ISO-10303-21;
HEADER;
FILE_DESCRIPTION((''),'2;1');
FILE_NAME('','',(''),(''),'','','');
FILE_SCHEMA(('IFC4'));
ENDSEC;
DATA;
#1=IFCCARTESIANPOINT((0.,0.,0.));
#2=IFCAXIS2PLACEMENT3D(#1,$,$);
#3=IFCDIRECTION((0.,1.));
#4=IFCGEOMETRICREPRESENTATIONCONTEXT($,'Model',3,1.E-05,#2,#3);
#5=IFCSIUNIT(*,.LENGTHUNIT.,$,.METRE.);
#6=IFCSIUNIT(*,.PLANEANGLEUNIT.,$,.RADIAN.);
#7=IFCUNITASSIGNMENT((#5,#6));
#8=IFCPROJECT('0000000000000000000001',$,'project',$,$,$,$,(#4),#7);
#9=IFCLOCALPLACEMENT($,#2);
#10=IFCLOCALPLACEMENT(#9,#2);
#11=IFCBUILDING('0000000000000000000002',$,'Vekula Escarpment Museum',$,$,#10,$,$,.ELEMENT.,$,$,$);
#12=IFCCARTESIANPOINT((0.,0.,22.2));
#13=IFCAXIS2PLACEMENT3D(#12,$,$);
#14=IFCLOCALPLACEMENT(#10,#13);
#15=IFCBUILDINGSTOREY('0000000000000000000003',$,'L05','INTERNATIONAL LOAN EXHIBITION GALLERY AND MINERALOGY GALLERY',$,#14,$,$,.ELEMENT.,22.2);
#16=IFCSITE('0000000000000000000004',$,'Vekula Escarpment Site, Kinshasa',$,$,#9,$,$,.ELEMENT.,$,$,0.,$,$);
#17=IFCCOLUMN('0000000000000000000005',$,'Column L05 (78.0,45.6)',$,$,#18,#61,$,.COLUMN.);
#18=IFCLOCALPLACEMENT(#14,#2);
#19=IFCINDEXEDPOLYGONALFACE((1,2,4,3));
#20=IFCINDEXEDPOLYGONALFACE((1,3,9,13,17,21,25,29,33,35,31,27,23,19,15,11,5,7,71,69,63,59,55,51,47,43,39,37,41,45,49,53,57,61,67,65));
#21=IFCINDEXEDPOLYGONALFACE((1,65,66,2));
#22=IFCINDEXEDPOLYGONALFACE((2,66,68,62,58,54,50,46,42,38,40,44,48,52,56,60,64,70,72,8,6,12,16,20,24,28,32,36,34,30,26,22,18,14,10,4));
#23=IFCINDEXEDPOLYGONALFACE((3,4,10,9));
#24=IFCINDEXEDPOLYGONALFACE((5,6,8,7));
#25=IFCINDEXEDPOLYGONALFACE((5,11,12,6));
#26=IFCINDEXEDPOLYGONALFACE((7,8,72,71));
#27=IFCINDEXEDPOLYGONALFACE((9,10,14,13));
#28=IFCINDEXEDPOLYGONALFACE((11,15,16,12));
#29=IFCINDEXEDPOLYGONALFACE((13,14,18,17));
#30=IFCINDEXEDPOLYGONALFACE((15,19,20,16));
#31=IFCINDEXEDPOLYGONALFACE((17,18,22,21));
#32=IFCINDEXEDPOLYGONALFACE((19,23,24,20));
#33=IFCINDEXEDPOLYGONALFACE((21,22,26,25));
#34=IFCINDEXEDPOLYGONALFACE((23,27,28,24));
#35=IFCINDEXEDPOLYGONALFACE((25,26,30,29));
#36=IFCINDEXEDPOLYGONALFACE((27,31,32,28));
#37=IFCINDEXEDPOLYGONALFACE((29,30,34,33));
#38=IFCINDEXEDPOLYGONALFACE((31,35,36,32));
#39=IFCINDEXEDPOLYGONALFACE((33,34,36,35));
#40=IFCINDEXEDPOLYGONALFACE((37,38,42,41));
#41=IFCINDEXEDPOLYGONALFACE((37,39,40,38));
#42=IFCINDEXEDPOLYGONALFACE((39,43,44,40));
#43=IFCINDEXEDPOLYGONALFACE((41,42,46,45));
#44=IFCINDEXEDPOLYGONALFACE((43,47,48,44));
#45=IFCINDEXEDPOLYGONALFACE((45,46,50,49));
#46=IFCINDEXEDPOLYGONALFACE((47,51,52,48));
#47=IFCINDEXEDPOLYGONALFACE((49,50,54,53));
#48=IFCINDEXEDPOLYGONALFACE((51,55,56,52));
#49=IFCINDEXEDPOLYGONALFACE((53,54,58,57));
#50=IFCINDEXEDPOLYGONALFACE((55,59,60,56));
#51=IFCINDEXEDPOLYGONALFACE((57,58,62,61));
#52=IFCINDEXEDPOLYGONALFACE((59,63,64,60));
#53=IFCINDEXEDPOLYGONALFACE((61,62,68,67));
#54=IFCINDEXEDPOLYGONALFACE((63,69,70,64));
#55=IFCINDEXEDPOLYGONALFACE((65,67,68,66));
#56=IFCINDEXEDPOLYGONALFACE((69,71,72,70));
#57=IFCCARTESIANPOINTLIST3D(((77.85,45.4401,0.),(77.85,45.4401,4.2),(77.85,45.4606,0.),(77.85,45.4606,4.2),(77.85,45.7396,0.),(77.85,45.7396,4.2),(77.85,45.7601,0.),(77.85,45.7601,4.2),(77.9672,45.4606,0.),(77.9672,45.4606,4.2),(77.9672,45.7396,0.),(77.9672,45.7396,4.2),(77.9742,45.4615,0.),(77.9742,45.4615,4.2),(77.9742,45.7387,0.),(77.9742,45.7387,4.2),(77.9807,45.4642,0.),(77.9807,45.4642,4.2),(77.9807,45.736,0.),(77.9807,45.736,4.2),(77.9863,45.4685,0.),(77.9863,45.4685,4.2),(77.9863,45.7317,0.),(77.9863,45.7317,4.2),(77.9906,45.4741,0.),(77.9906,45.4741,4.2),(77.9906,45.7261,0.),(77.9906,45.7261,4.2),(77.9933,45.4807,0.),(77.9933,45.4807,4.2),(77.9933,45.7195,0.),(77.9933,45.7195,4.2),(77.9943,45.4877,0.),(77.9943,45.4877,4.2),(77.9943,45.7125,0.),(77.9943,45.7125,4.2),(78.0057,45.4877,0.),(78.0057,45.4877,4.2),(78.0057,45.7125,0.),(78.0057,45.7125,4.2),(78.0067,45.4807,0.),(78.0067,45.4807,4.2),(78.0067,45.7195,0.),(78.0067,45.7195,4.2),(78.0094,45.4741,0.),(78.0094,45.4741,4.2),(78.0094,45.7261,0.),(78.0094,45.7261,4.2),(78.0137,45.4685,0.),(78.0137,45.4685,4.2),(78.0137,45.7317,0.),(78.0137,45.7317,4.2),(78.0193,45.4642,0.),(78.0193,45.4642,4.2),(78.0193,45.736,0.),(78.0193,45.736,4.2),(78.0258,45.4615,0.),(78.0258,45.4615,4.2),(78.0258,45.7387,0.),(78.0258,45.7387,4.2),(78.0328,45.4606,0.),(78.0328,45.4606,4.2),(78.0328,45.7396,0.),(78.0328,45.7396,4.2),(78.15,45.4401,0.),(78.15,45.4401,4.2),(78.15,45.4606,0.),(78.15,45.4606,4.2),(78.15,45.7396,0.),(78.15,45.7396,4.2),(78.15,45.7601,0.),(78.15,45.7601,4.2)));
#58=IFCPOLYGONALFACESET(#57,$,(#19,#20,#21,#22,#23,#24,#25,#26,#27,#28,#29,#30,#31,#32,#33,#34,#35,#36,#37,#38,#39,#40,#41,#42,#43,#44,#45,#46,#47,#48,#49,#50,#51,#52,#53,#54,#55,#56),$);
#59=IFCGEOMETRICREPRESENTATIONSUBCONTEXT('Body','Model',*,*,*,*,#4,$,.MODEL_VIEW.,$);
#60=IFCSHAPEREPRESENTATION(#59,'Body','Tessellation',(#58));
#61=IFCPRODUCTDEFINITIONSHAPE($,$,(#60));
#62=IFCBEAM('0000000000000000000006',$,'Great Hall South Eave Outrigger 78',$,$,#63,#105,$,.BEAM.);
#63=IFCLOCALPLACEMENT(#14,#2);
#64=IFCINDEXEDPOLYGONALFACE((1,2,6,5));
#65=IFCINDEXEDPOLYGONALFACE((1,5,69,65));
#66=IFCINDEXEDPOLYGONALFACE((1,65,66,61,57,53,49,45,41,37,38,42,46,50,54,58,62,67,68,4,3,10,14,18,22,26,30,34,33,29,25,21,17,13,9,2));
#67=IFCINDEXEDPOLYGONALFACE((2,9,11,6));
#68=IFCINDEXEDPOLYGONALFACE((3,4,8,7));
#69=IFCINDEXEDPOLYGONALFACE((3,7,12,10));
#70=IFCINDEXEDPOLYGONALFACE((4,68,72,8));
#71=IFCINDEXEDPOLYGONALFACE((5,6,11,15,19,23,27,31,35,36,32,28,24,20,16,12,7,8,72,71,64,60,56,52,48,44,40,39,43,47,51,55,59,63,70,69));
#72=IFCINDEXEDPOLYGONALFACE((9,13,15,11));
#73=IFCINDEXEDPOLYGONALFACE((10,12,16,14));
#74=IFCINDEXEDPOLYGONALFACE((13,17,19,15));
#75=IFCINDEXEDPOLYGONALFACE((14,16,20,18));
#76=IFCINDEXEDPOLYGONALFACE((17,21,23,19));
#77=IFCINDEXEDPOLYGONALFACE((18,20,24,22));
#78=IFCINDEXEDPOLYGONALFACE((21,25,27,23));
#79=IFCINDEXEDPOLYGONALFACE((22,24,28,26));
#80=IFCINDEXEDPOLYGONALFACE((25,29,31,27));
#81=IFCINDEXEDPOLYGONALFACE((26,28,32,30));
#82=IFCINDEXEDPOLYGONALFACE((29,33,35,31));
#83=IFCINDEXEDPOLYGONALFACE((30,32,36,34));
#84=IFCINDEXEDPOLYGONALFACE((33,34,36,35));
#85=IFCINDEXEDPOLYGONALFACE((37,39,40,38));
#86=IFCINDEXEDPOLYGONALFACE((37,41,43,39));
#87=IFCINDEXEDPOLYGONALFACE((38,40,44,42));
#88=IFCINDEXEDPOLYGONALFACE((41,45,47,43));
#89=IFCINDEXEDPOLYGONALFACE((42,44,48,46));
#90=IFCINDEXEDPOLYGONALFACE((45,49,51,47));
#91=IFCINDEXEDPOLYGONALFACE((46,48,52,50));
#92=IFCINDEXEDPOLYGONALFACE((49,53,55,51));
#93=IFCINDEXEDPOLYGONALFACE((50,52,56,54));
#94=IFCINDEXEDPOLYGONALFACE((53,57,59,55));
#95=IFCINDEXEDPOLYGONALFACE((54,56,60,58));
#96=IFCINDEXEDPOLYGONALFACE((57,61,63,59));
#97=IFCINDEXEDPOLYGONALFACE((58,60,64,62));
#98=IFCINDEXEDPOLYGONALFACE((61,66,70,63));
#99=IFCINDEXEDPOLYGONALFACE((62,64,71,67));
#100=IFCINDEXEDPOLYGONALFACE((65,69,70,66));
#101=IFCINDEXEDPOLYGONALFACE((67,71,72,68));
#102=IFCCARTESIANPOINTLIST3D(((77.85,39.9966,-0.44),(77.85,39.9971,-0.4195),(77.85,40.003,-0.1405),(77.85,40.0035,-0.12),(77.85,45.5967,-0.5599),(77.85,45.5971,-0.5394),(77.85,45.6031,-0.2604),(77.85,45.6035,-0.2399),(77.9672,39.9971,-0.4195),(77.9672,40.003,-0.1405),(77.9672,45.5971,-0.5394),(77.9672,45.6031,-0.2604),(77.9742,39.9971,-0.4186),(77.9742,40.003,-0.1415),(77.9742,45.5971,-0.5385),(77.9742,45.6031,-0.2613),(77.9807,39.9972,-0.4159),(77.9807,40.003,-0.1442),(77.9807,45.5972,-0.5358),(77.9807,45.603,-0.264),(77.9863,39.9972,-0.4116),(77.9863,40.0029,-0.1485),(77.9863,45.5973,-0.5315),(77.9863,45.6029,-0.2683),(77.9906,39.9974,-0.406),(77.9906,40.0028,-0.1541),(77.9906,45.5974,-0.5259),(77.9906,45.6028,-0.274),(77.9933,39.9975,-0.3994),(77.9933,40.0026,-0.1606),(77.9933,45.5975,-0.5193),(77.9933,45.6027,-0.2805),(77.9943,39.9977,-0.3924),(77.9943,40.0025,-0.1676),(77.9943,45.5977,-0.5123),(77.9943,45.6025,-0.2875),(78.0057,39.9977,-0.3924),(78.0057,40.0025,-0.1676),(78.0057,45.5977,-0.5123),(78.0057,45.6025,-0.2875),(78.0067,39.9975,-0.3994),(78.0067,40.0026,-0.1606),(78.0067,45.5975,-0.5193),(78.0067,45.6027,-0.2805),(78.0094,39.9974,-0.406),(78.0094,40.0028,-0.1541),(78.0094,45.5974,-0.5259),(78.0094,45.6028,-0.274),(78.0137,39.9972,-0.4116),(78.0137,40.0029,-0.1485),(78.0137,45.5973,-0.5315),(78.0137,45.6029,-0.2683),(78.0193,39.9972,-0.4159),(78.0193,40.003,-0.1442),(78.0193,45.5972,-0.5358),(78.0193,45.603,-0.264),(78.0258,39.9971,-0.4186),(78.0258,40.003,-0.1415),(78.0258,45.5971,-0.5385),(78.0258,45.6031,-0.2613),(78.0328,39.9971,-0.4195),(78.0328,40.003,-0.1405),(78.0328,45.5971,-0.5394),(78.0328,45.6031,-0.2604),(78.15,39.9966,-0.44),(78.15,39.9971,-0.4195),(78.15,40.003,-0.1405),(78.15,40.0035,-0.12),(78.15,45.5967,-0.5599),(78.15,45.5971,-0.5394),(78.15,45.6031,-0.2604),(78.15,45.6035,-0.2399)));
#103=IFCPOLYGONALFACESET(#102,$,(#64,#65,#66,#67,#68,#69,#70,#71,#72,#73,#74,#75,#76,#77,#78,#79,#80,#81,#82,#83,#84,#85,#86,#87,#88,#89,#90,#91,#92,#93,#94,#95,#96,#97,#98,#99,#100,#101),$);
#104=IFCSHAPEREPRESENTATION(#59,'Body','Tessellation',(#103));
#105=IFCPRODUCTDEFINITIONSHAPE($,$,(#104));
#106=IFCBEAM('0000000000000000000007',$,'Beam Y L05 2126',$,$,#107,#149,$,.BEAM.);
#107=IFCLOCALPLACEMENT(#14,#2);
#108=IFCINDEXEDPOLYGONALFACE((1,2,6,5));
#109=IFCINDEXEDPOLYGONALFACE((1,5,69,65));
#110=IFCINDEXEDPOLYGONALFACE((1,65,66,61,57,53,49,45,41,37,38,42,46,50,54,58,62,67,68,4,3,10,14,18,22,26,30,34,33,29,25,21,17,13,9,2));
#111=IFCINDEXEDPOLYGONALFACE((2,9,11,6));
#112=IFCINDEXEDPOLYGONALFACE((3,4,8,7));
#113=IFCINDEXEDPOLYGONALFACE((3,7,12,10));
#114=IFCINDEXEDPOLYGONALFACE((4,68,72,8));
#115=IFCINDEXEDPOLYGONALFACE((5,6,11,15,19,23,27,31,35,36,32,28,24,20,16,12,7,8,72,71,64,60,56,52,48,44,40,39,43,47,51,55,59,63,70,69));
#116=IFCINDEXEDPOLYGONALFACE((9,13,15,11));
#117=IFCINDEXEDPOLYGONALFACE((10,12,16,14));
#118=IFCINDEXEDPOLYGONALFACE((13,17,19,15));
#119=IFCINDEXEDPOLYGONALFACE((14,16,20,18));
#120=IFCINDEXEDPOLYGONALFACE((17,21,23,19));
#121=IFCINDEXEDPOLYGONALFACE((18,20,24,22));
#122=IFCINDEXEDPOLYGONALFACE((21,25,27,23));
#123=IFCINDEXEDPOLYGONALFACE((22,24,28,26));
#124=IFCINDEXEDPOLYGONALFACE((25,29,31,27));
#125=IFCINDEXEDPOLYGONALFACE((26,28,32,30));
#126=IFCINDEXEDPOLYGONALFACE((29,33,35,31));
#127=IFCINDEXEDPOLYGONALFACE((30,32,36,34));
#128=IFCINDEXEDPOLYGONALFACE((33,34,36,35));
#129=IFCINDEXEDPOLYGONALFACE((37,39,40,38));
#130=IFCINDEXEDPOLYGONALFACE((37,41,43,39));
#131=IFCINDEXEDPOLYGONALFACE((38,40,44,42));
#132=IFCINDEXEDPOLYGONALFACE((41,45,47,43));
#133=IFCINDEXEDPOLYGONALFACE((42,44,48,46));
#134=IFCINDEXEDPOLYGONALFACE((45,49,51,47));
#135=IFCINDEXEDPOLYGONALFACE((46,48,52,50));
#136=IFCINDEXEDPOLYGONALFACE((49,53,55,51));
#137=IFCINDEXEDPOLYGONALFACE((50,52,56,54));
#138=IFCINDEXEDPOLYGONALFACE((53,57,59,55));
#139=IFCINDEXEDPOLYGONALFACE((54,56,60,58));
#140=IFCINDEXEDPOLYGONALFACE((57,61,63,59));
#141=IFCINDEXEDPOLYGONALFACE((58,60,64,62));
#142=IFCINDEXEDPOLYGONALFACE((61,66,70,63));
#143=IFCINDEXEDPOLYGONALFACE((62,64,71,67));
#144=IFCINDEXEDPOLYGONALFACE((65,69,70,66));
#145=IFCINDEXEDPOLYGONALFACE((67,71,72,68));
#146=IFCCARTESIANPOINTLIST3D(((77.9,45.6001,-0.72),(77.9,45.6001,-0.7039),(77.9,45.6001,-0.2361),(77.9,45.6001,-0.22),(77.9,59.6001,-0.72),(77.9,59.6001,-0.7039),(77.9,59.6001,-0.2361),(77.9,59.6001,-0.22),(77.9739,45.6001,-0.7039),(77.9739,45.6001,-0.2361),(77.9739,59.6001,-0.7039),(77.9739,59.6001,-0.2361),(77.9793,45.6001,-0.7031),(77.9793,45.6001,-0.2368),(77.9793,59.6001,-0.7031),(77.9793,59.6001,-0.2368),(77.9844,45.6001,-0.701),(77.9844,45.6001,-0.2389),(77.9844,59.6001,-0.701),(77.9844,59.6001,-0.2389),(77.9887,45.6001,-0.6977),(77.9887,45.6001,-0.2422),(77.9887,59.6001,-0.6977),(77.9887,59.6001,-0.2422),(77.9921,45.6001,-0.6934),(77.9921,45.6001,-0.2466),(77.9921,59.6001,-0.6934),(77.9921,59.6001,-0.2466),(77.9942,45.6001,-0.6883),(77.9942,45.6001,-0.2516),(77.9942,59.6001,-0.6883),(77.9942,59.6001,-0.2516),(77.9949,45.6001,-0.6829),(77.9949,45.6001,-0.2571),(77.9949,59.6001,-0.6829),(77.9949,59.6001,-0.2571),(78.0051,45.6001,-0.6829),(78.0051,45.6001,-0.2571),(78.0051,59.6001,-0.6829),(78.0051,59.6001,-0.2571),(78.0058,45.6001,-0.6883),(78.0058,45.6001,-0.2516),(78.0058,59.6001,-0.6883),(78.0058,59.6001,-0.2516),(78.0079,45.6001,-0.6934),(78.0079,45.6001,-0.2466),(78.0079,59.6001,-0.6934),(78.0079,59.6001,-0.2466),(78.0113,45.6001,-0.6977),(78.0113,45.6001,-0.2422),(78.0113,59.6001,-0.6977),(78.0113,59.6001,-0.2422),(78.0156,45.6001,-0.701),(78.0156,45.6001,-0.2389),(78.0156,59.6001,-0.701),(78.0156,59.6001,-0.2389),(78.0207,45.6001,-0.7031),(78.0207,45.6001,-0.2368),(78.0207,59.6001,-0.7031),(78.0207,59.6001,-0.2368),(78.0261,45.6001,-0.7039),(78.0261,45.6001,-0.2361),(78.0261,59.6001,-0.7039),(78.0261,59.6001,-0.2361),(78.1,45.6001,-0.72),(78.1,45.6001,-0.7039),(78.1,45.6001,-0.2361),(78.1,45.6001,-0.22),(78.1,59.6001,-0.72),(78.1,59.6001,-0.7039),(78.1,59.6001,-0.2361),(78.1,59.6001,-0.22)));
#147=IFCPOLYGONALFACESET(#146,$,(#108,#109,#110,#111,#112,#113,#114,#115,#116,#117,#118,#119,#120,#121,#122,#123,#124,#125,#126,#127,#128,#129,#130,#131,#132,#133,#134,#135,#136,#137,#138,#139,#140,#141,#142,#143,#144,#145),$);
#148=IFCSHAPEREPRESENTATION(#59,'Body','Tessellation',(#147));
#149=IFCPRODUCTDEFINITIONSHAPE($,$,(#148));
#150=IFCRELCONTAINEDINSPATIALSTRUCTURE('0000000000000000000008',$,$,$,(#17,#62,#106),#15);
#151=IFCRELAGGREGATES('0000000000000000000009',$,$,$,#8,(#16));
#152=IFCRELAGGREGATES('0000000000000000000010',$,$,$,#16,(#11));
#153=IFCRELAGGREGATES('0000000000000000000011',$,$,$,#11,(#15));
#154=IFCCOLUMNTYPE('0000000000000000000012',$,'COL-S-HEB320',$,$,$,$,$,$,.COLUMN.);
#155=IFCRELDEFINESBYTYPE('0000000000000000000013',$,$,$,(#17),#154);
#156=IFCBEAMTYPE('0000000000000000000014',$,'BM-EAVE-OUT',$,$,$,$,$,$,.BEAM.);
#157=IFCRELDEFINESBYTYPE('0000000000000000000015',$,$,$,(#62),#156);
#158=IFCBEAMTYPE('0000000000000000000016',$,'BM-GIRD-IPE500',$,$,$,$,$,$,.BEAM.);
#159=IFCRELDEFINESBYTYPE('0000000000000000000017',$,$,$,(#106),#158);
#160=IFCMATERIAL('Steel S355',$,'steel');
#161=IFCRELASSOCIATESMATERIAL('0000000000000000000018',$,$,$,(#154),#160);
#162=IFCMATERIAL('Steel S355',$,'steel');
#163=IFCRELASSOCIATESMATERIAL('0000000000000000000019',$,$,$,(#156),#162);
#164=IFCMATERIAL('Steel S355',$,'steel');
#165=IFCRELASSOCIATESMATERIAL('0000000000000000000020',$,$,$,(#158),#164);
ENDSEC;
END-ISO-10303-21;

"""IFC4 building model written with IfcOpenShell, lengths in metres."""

from ifc_helpers import new_model, si_unit, direction, frame, origin, origin_2d, place, context, subcontext, project, spatial, i_section, extrude, material, material_profile, profile_set, type_object, element, save


model = new_model("IFC4")

# Units and contexts
model_context = context("Model", 3, precision=1e-05, world=origin(), true_north=direction((0.0, 1.0)))
body_context = subcontext(model_context, "Body", "Model", "MODEL_VIEW")
ifc_project = project(units=[si_unit("LENGTHUNIT", "METRE"), si_unit("PLANEANGLEUNIT", "RADIAN")], contexts=[model_context])

# Site, building, storey
site_placement = place(None, origin())
site = spatial("IfcSite", under=ifc_project, at=site_placement, Name="Vekula Escarpment Site, Kinshasa", CompositionType="ELEMENT", RefElevation=0.0)
building_placement = place(site_placement, origin())
building = spatial("IfcBuilding", under=site, at=building_placement, Name="Vekula Escarpment Museum", CompositionType="ELEMENT")
storey_placement = place(building_placement, frame((0.0, 0.0, 22.2)))
storey = spatial("IfcBuildingStorey", under=building, at=storey_placement, Name="L05", Description="INTERNATIONAL LOAN EXHIBITION GALLERY AND MINERALOGY GALLERY", CompositionType="ELEMENT", Elevation=22.2)

# Column
ifc_material_1 = material(Name="Steel S355", Category="steel")
ifc_material_profile_1 = material_profile(ifc_material_1, i_section(OverallWidth=0.3, OverallDepth=0.3201, WebThickness=0.0115, FlangeThickness=0.0205, FilletRadius=0.0271, at=origin_2d()), Name="HEB 320")
ifc_profile_set_1 = profile_set([ifc_material_profile_1], Name="Steel S355")
column_type = type_object("IfcColumnType", Name="COL-S-HEB320", PredefinedType="COLUMN", material=ifc_profile_set_1)
column_placement = place(storey_placement, frame((78.0, 45.6001, 0.0), z_axis=(0.0, 0.0, 1.0), x_axis=(1.0, 0.0, 0.0)))
element("IfcColumn", 1, at=column_placement, inside=storey, type_object=column_type, Name="Column L05 (78.0,45.6)", PredefinedType="COLUMN", context=body_context, shape_type="SweptSolid", body=[
    extrude(i_section(OverallWidth=0.3, OverallDepth=0.3201, WebThickness=0.0115, FlangeThickness=0.0205, FilletRadius=0.0271, at=origin_2d()), origin(), (0.0, 0.0, 1.0), 4.2),
])

# Beams
ifc_material_2 = material(Name="Steel S355", Category="steel")
ifc_material_profile_2 = material_profile(ifc_material_2, i_section(OverallWidth=0.3, OverallDepth=0.3201, WebThickness=0.0115, FlangeThickness=0.0205, FilletRadius=0.0271, at=origin_2d()), Name="HEB 320")
ifc_profile_set_2 = profile_set([ifc_material_profile_2], Name="Steel S355")
beam_type_1 = type_object("IfcBeamType", Name="BM-EAVE-OUT", PredefinedType="BEAM", material=ifc_profile_set_2)
beam_1_placement = place(storey_placement, frame((78.0, 45.6001, -0.3999), z_axis=(0.0, -0.999771, 0.021401), x_axis=(1.0, 0.0, 0.0)))
element("IfcBeam", 2, at=beam_1_placement, inside=storey, type_object=beam_type_1, Name="Great Hall South Eave Outrigger 78", PredefinedType="BEAM", context=body_context, shape_type="SweptSolid", body=[
    extrude(i_section(OverallWidth=0.3, OverallDepth=0.3201, WebThickness=0.0115, FlangeThickness=0.0205, FilletRadius=0.0271, at=origin_2d()), origin(), (0.0, 0.0, 1.0), 5.6013),
])
ifc_material_3 = material(Name="Steel S355", Category="steel")
ifc_material_profile_3 = material_profile(ifc_material_3, i_section(OverallWidth=0.2, OverallDepth=0.5, WebThickness=0.0103, FlangeThickness=0.0161, FilletRadius=0.021, at=origin_2d()), Name="IPE 500")
ifc_profile_set_3 = profile_set([ifc_material_profile_3], Name="Steel S355")
beam_type_2 = type_object("IfcBeamType", Name="BM-GIRD-IPE500", PredefinedType="BEAM", material=ifc_profile_set_3)
beam_2_placement = place(storey_placement, frame((78.0, 45.6001, -0.47), z_axis=(0.0, 1.0, 0.0), x_axis=(-1.0, 0.0, 0.0)))
element("IfcBeam", 3, at=beam_2_placement, inside=storey, type_object=beam_type_2, Name="Beam Y L05 2126", PredefinedType="BEAM", context=body_context, shape_type="SweptSolid", body=[
    extrude(i_section(OverallWidth=0.2, OverallDepth=0.5, WebThickness=0.0103, FlangeThickness=0.0161, FilletRadius=0.021, at=origin_2d()), origin(), (0.0, 0.0, 1.0), 14.0),
])

save(model, "model.ifc")
